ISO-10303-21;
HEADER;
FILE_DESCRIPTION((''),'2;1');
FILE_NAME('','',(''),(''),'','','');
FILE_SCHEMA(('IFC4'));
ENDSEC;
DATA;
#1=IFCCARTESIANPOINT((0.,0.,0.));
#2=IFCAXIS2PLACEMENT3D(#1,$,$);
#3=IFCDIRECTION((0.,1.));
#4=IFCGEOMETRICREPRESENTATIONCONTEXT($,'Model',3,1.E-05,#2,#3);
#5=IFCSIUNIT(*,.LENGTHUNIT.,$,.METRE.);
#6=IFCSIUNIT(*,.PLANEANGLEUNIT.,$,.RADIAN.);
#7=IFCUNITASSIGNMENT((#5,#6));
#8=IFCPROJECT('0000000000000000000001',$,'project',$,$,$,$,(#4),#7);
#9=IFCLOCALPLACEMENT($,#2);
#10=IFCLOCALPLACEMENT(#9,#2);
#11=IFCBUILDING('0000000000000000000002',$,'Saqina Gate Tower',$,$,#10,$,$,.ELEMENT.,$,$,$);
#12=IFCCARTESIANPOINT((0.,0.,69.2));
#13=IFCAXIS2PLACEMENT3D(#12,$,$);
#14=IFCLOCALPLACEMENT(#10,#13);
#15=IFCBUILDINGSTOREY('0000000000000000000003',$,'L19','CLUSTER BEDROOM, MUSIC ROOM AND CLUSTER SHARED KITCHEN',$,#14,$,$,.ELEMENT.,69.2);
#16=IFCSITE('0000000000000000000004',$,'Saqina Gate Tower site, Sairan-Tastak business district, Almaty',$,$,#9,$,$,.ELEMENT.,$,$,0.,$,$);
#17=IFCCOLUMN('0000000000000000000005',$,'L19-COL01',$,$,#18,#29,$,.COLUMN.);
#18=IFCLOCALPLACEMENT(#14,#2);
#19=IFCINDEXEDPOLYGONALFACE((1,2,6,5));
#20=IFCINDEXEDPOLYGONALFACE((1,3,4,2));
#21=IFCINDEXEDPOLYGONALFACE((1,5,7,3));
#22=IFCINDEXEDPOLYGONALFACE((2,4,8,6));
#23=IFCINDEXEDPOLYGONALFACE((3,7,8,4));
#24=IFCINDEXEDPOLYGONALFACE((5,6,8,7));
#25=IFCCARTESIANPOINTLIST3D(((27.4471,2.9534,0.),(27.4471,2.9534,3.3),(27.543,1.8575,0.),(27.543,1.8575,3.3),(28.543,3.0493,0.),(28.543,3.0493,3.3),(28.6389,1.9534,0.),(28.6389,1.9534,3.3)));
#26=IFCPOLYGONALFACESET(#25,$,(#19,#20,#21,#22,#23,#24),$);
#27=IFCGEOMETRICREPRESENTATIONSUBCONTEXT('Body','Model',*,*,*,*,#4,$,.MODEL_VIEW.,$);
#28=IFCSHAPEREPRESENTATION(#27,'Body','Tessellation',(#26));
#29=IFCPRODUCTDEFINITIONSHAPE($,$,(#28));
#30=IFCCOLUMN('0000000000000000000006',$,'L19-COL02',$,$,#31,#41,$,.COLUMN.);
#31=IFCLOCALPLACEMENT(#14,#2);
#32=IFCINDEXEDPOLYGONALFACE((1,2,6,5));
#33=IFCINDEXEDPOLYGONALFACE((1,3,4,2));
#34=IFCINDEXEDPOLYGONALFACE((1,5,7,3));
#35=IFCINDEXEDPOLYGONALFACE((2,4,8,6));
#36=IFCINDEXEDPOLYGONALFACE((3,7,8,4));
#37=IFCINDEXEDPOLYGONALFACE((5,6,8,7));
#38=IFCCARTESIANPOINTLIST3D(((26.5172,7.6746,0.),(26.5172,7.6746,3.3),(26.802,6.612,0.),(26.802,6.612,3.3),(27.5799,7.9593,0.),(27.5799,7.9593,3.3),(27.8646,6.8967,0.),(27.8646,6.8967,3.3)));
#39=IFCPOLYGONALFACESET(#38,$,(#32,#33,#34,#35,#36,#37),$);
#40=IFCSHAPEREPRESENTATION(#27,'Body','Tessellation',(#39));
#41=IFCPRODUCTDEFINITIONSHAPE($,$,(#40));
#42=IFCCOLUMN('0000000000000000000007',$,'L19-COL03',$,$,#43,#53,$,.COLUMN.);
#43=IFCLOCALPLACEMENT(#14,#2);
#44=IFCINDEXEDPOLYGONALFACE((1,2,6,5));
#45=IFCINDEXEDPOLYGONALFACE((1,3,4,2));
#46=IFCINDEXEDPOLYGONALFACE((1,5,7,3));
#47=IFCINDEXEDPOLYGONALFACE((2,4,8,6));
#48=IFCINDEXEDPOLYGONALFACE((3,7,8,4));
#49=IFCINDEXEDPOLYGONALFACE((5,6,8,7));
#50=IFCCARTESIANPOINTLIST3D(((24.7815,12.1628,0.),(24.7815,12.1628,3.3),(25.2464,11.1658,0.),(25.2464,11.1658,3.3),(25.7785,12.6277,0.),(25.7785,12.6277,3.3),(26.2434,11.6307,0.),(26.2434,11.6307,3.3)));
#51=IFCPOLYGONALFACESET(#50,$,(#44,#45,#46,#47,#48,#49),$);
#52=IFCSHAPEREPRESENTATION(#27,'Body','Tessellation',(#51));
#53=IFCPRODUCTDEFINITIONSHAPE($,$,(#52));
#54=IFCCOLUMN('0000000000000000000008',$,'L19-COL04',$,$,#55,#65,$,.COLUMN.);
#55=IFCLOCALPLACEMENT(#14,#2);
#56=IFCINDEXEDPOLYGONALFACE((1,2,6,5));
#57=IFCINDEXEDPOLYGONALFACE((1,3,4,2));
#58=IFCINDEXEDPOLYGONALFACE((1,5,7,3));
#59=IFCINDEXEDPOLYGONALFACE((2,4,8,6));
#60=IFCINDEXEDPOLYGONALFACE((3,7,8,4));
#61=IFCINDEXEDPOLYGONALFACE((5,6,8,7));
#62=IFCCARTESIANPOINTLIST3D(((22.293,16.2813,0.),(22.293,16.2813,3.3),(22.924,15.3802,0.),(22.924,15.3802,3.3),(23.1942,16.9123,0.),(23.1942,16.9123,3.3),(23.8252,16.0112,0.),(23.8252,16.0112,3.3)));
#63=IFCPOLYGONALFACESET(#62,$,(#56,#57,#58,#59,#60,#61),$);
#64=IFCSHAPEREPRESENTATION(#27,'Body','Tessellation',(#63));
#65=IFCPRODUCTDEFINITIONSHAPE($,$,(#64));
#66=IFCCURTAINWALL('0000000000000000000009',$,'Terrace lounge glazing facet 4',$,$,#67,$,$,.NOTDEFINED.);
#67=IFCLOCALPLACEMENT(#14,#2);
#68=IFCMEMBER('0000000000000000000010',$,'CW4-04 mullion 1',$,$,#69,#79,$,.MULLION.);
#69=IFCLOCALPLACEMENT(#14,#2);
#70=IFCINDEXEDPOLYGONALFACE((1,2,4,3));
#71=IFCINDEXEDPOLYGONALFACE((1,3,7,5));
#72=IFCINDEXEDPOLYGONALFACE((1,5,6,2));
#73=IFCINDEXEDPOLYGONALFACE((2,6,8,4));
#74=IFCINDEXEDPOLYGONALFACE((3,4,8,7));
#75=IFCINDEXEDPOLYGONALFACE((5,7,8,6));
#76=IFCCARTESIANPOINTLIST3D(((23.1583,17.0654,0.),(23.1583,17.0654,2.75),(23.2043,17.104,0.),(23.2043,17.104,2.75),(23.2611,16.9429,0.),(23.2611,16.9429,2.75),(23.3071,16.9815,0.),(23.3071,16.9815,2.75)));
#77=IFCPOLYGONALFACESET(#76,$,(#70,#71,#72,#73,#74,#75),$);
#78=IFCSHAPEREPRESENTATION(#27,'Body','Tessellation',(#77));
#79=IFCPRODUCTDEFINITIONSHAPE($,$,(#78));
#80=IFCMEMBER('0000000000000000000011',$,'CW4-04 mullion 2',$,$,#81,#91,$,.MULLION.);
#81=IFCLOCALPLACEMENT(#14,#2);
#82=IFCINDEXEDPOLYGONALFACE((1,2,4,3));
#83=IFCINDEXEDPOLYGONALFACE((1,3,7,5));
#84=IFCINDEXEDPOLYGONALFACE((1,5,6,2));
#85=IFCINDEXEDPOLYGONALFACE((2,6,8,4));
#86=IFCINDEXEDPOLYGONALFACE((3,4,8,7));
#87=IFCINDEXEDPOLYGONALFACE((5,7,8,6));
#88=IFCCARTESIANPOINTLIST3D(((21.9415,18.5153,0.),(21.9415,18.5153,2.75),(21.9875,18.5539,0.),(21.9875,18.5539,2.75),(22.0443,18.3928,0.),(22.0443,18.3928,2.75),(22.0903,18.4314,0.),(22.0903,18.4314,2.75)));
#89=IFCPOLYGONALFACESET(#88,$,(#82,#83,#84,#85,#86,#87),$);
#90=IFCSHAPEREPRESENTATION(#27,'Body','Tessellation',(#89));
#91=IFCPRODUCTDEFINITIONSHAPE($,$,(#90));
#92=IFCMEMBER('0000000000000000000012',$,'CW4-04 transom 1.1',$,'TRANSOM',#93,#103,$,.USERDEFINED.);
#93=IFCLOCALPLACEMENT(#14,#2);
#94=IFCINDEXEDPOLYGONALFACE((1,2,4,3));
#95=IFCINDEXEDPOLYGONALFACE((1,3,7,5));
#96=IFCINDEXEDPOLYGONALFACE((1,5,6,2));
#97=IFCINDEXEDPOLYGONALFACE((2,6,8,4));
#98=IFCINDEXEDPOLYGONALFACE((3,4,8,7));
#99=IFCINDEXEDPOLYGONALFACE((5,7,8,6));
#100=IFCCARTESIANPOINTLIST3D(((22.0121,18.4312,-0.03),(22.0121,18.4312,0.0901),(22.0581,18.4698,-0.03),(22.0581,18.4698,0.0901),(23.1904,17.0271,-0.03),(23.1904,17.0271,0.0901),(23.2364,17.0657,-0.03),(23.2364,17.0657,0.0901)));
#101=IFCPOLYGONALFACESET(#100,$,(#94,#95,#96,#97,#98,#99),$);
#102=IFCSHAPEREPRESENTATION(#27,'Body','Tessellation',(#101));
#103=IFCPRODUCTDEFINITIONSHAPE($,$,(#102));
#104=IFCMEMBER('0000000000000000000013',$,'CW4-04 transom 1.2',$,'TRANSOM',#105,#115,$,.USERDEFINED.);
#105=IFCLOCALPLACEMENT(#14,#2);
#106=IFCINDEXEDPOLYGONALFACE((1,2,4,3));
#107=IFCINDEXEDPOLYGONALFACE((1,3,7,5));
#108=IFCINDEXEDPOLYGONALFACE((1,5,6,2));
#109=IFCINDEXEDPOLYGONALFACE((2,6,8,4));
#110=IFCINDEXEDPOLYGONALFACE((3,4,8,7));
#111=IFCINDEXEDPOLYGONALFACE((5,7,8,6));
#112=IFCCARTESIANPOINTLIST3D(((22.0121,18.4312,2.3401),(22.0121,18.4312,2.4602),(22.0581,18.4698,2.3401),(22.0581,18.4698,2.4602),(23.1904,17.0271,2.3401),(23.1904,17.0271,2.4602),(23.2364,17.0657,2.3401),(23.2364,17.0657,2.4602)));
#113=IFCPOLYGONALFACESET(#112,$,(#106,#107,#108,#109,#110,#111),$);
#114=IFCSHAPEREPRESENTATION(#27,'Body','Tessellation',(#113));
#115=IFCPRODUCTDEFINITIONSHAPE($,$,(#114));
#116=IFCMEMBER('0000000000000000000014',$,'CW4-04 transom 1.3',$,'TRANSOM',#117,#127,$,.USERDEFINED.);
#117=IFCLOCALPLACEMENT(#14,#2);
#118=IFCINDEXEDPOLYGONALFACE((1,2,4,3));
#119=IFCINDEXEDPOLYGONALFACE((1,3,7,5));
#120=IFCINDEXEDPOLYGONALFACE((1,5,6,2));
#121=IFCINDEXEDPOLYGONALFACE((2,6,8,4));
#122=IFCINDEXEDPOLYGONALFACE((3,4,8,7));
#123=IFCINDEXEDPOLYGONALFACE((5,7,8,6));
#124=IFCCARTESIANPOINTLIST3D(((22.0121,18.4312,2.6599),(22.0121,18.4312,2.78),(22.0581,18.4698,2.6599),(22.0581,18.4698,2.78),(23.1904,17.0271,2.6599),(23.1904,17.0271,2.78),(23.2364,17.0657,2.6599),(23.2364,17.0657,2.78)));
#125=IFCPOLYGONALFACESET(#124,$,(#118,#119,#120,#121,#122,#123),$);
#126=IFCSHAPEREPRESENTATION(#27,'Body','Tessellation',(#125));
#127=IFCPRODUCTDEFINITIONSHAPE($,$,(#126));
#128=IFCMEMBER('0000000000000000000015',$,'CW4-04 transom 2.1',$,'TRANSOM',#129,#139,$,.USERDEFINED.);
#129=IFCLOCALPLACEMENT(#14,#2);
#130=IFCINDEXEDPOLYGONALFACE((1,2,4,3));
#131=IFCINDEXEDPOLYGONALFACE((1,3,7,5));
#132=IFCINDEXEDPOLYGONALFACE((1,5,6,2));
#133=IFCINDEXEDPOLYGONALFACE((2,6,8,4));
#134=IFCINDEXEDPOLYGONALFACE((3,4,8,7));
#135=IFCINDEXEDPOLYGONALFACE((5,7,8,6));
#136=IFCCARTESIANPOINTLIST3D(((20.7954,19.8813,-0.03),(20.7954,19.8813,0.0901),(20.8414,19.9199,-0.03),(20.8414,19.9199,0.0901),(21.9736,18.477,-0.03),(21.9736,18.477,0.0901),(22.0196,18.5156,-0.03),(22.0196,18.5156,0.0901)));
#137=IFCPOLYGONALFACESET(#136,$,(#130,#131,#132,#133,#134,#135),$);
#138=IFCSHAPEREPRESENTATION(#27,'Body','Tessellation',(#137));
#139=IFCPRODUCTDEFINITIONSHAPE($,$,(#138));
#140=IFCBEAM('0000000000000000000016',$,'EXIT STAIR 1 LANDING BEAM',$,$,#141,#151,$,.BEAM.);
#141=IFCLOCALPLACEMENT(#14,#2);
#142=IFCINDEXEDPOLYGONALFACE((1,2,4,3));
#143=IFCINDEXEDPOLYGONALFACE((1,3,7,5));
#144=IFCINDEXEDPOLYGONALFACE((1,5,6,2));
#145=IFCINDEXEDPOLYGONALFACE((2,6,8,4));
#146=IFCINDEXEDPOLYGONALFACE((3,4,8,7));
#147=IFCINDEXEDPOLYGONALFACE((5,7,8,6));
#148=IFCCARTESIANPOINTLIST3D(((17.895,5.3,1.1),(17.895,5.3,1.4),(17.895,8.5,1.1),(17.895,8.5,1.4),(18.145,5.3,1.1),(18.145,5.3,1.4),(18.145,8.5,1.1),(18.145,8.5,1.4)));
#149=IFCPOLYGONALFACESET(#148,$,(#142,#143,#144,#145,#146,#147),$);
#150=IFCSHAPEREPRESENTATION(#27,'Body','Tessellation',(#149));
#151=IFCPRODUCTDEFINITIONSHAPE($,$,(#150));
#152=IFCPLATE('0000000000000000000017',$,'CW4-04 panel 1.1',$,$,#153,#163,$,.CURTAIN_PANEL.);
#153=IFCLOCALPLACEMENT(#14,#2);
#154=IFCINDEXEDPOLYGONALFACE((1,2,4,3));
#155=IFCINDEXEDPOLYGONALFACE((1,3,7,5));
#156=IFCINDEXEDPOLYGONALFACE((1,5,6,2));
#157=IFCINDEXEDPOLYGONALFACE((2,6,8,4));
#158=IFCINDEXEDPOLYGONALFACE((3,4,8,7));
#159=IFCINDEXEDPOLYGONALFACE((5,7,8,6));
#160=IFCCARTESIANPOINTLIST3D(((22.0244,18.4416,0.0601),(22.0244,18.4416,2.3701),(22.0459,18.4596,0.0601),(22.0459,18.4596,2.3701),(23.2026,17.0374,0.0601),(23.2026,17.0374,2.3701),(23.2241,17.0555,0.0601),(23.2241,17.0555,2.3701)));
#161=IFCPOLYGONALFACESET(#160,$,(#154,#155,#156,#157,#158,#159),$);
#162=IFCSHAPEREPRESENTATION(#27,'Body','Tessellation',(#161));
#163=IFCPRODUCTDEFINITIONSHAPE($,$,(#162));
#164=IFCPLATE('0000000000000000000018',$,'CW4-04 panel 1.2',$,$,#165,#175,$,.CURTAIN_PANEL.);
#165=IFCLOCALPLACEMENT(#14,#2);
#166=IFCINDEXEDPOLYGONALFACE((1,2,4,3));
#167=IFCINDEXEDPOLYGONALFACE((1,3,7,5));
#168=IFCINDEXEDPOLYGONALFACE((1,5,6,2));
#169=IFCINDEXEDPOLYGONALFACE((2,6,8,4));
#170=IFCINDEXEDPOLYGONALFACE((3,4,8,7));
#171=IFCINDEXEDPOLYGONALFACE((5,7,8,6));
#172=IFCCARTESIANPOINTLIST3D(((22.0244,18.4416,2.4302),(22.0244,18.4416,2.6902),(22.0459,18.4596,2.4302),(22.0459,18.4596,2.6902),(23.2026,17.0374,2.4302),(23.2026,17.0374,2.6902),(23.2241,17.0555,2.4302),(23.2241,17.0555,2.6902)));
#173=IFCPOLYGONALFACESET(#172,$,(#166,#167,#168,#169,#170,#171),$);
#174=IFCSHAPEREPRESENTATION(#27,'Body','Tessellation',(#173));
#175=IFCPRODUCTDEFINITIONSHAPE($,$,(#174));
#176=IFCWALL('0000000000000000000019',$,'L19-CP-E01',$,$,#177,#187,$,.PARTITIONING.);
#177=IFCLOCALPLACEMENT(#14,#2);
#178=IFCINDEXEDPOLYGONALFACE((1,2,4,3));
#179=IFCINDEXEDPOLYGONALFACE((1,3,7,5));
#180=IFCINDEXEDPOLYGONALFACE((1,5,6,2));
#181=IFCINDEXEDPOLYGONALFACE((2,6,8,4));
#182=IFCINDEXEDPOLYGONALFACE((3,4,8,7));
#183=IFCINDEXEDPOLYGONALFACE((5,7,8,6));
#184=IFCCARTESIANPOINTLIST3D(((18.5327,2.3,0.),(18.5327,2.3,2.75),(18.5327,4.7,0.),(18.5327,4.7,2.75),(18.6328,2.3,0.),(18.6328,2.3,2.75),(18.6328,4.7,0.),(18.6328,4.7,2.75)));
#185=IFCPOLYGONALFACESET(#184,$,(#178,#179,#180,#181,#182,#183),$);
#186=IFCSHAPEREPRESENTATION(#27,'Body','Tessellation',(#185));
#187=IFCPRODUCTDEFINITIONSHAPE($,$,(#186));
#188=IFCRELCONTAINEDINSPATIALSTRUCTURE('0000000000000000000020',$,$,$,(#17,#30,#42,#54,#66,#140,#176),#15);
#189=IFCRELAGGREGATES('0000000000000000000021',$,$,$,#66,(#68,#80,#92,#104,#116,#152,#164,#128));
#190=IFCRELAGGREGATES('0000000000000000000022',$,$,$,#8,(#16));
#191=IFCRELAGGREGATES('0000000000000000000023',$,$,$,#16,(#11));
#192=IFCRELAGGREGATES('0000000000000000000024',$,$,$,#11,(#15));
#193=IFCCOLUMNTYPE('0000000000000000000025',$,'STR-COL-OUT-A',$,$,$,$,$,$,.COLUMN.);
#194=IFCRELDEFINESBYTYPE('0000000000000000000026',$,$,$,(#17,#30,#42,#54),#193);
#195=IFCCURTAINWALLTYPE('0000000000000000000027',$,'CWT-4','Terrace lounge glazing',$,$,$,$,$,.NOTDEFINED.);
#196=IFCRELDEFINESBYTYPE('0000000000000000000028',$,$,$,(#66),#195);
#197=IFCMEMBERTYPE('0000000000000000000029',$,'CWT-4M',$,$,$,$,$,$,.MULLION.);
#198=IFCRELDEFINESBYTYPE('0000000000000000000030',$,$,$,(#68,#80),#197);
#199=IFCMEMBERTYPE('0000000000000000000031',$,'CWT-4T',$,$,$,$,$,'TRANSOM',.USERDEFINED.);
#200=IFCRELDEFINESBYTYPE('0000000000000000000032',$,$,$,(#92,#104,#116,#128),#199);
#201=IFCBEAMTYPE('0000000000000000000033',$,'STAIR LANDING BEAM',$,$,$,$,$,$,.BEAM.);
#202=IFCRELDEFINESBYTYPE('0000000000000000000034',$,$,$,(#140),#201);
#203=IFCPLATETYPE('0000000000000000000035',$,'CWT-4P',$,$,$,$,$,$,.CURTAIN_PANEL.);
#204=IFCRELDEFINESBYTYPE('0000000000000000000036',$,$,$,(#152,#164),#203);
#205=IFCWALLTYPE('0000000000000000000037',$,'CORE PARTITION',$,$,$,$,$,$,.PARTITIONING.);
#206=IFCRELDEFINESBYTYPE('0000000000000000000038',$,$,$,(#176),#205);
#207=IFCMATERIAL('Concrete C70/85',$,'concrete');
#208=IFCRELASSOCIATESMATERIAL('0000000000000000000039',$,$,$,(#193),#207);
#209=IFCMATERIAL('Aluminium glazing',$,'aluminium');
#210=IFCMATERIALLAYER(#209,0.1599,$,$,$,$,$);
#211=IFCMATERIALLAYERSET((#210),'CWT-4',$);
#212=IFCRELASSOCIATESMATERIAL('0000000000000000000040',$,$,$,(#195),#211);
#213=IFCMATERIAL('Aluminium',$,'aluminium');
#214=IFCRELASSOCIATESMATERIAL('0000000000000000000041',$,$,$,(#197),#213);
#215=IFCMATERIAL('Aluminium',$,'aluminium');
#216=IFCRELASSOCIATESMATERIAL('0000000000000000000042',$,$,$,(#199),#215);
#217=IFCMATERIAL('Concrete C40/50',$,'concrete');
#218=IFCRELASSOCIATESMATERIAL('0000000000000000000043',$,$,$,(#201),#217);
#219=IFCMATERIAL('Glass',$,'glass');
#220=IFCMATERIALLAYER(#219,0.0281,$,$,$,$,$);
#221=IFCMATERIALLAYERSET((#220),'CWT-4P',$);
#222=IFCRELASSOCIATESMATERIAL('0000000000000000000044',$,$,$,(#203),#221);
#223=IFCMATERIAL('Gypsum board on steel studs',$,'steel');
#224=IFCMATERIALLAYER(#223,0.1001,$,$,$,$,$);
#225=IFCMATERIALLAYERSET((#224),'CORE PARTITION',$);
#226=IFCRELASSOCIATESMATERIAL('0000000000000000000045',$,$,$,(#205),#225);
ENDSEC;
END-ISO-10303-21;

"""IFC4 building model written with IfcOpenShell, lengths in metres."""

from ifc_helpers import new_model, si_unit, direction, frame, frame_2d, origin, origin_2d, place, context, subcontext, project, spatial, rectangle, extrude, material, layer, layer_set, material_profile, profile_set, type_object, element, aggregate, save


model = new_model("IFC4")

# Units and contexts
model_context = context("Model", 3, precision=1e-05, world=origin(), true_north=direction((0.0, 1.0)))
body_context = subcontext(model_context, "Body", "Model", "MODEL_VIEW")
ifc_project = project(units=[si_unit("LENGTHUNIT", "METRE"), si_unit("PLANEANGLEUNIT", "RADIAN")], contexts=[model_context])

# Site, building, storey
site_placement = place(None, origin())
site = spatial("IfcSite", under=ifc_project, at=site_placement, Name="Saqina Gate Tower site, Sairan-Tastak business district, Almaty", CompositionType="ELEMENT", RefElevation=0.0)
building_placement = place(site_placement, origin())
building = spatial("IfcBuilding", under=site, at=building_placement, Name="Saqina Gate Tower", CompositionType="ELEMENT")
storey_placement = place(building_placement, frame((0.0, 0.0, 69.2)))
storey = spatial("IfcBuildingStorey", under=building, at=storey_placement, Name="L19", Description="CLUSTER BEDROOM, MUSIC ROOM AND CLUSTER SHARED KITCHEN", CompositionType="ELEMENT", Elevation=69.2)

# Columns
ifc_material_1 = material(Name="Concrete C70/85", Category="concrete")
ifc_material_profile_1 = material_profile(ifc_material_1, rectangle(XDim=1.1001, YDim=1.1001, at=origin_2d()), Name="RC 1100x1100")
ifc_profile_set_1 = profile_set([ifc_material_profile_1], Name="Concrete C70/85")
column_type = type_object("IfcColumnType", Name="STR-COL-OUT-A", PredefinedType="COLUMN", material=ifc_profile_set_1)
for number, where, z_axis, x_axis, name in (
    (1, (28.043, 2.4534, 0.0), (0.0, 0.0, 1.0), (0.996195, 0.087156, 0.0), "L19-COL01"),
    (2, (27.1909, 7.2856, 0.0), (0.0, 0.0, 1.0), (0.965926, 0.258819, 0.0), "L19-COL02"),
    (3, (25.5125, 11.8967, 0.0), (0.0, 0.0, 1.0), (0.906308, 0.422618, 0.0), "L19-COL03"),
    (4, (23.0591, 16.1462, 0.0), (0.0, 0.0, 1.0), (0.819152, 0.573576, 0.0), "L19-COL04"),
):
    element("IfcColumn", number, at=place(storey_placement, frame(where, z_axis=z_axis, x_axis=x_axis)), inside=storey, type_object=column_type, Name=name, PredefinedType="COLUMN", context=body_context, shape_type="SweptSolid", body=[
        extrude(rectangle(XDim=1.1001, YDim=1.1001, at=origin_2d()), origin(), (0.0, 0.0, 1.0), 3.3),
    ])

# Curtain wall, members
ifc_material_2 = material(Name="Aluminium glazing", Category="aluminium")
ifc_layer_1 = layer(ifc_material_2, 0.1599)
ifc_layer_set_1 = layer_set([ifc_layer_1], Name="CWT-4")
curtain_wall_type = type_object("IfcCurtainWallType", Name="CWT-4", Description="Terrace lounge glazing", PredefinedType="NOTDEFINED", material=ifc_layer_set_1)
curtain_wall_placement = place(storey_placement, origin())
curtain_wall = element("IfcCurtainWall", 5, at=curtain_wall_placement, inside=storey, type_object=curtain_wall_type, Name="Terrace lounge glazing facet 4", PredefinedType="NOTDEFINED")
ifc_material_3 = material(Name="Aluminium", Category="aluminium")
ifc_material_profile_2 = material_profile(ifc_material_3, rectangle(XDim=0.0601, YDim=0.1599, at=origin_2d()), Name="Aluminium 60x160")
ifc_profile_set_2 = profile_set([ifc_material_profile_2], Name="Aluminium")
member_type_1 = type_object("IfcMemberType", Name="CWT-4M", PredefinedType="MULLION", material=ifc_profile_set_2)
member_1_placement = place(storey_placement, frame((23.2327, 17.0234, 0.0), z_axis=(0.0, 0.0, 1.0), x_axis=(-0.766041, -0.642792, 0.0)))
member_1 = element("IfcMember", 6, at=member_1_placement, type_object=member_type_1, Name="CW4-04 mullion 1", PredefinedType="MULLION", context=body_context, shape_type="SweptSolid", body=[
    extrude(rectangle(XDim=0.0601, YDim=0.1599, at=origin_2d()), origin(), (0.0, 0.0, 1.0), 2.75),
])
member_2_placement = place(storey_placement, frame((22.0159, 18.4734, 0.0), z_axis=(0.0, 0.0, 1.0), x_axis=(-0.766041, -0.642792, 0.0)))
member_2 = element("IfcMember", 7, at=member_2_placement, type_object=member_type_1, Name="CW4-04 mullion 2", PredefinedType="MULLION", context=body_context, shape_type="SweptSolid", body=[
    extrude(rectangle(XDim=0.0601, YDim=0.1599, at=origin_2d()), origin(), (0.0, 0.0, 1.0), 2.75),
])
ifc_material_4 = material(Name="Aluminium", Category="aluminium")
ifc_material_profile_3 = material_profile(ifc_material_4, rectangle(XDim=0.0601, YDim=0.1201, at=origin_2d()), Name="Aluminium 60x120")
ifc_profile_set_3 = profile_set([ifc_material_profile_3], Name="Aluminium")
member_type_2 = type_object("IfcMemberType", Name="CWT-4T", ElementType="TRANSOM", PredefinedType="USERDEFINED", material=ifc_profile_set_3)
member_3_placement = place(storey_placement, frame((23.2134, 17.0464, 0.03), z_axis=(-0.642814, 0.766022, 0.0), x_axis=(-0.766022, -0.642814, 0.0)))
member_3 = element("IfcMember", 8, at=member_3_placement, type_object=member_type_2, Name="CW4-04 transom 1.1", ObjectType="TRANSOM", PredefinedType="USERDEFINED", context=body_context, shape_type="SweptSolid", body=[
    extrude(rectangle(XDim=0.0601, YDim=0.1201, at=origin_2d()), origin(), (0.0, 0.0, 1.0), 1.833),
])
member_4_placement = place(storey_placement, frame((23.2134, 17.0464, 2.4001), z_axis=(-0.642814, 0.766022, 0.0), x_axis=(-0.766022, -0.642814, 0.0)))
member_4 = element("IfcMember", 9, at=member_4_placement, type_object=member_type_2, Name="CW4-04 transom 1.2", ObjectType="TRANSOM", PredefinedType="USERDEFINED", context=body_context, shape_type="SweptSolid", body=[
    extrude(rectangle(XDim=0.0601, YDim=0.1201, at=origin_2d()), origin(), (0.0, 0.0, 1.0), 1.833),
])
member_5_placement = place(storey_placement, frame((23.2134, 17.0464, 2.72), z_axis=(-0.642814, 0.766022, 0.0), x_axis=(-0.766022, -0.642814, 0.0)))
member_5 = element("IfcMember", 10, at=member_5_placement, type_object=member_type_2, Name="CW4-04 transom 1.3", ObjectType="TRANSOM", PredefinedType="USERDEFINED", context=body_context, shape_type="SweptSolid", body=[
    extrude(rectangle(XDim=0.0601, YDim=0.1201, at=origin_2d()), origin(), (0.0, 0.0, 1.0), 1.833),
])
member_6_placement = place(storey_placement, frame((21.9966, 18.4963, 0.03), z_axis=(-0.642748, 0.766077, 0.0), x_axis=(-0.766077, -0.642748, 0.0)))
member_6 = element("IfcMember", 11, at=member_6_placement, type_object=member_type_2, Name="CW4-04 transom 2.1", ObjectType="TRANSOM", PredefinedType="USERDEFINED", context=body_context, shape_type="SweptSolid", body=[
    extrude(rectangle(XDim=0.0601, YDim=0.1201, at=origin_2d()), origin(), (0.0, 0.0, 1.0), 1.833),
])

# Beam
ifc_material_5 = material(Name="Concrete C40/50", Category="concrete")
ifc_material_profile_4 = material_profile(ifc_material_5, rectangle(XDim=0.25, YDim=0.3, at=origin_2d()), Name="STAIR LANDING BEAM")
ifc_profile_set_4 = profile_set([ifc_material_profile_4], Name="Concrete C40/50")
beam_type = type_object("IfcBeamType", Name="STAIR LANDING BEAM", PredefinedType="BEAM", material=ifc_profile_set_4)
beam_placement = place(storey_placement, frame((18.02, 5.3, 1.25), z_axis=(0.0, 1.0, 0.0), x_axis=(-1.0, 0.0, 0.0)))
element("IfcBeam", 12, at=beam_placement, inside=storey, type_object=beam_type, Name="EXIT STAIR 1 LANDING BEAM", PredefinedType="BEAM", context=body_context, shape_type="SweptSolid", body=[
    extrude(rectangle(XDim=0.25, YDim=0.3, at=origin_2d()), origin(), (0.0, 0.0, 1.0), 3.2),
])

# Plates
ifc_material_6 = material(Name="Glass", Category="glass")
ifc_layer_2 = layer(ifc_material_6, 0.0281)
ifc_layer_set_2 = layer_set([ifc_layer_2], Name="CWT-4P")
plate_type = type_object("IfcPlateType", Name="CWT-4P", PredefinedType="CURTAIN_PANEL", material=ifc_layer_set_2)
plate_1_placement = place(storey_placement, frame((22.6243, 17.7485, 0.0601), z_axis=(0.0, 0.0, 1.0), x_axis=(-0.642792, 0.766041, 0.0)))
plate_1 = element("IfcPlate", 13, at=plate_1_placement, type_object=plate_type, Name="CW4-04 panel 1.1", PredefinedType="CURTAIN_PANEL", context=body_context, shape_type="SweptSolid", body=[
    extrude(rectangle(XDim=1.833, YDim=0.0281, at=origin_2d()), origin(), (0.0, 0.0, 1.0), 2.3101),
])
plate_2_placement = place(storey_placement, frame((22.6243, 17.7485, 2.4302), z_axis=(0.0, 0.0, 1.0), x_axis=(-0.642792, 0.766041, 0.0)))
plate_2 = element("IfcPlate", 14, at=plate_2_placement, type_object=plate_type, Name="CW4-04 panel 1.2", PredefinedType="CURTAIN_PANEL", context=body_context, shape_type="SweptSolid", body=[
    extrude(rectangle(XDim=1.833, YDim=0.0281, at=origin_2d()), origin(), (0.0, 0.0, 1.0), 0.26),
])
aggregate(curtain_wall, [member_1, member_2, member_3, member_4, member_5, plate_1, plate_2, member_6])

# Wall
ifc_material_7 = material(Name="Gypsum board on steel studs", Category="steel")
ifc_layer_3 = layer(ifc_material_7, 0.1001)
ifc_layer_set_3 = layer_set([ifc_layer_3], Name="CORE PARTITION")
wall_type_1 = type_object("IfcWallType", Name="CORE PARTITION", PredefinedType="PARTITIONING", material=ifc_layer_set_3)
for number, where, z_axis, x_axis, name in (
    (15, (18.5828, 2.3, 0.0), (0.0, 0.0, 1.0), (0.0, 1.0, 0.0), "L19-CP-E01"),
):
    element("IfcWall", number, at=place(storey_placement, frame(where, z_axis=z_axis, x_axis=x_axis)), inside=storey, type_object=wall_type_1, Name=name, PredefinedType="PARTITIONING", context=body_context, shape_type="SweptSolid", body=[
        extrude(rectangle(XDim=2.3999, YDim=0.1001, at=frame_2d((1.2, 0.0))), origin(), (0.0, 0.0, 1.0), 2.75),
    ])

save(model, "model.ifc")
